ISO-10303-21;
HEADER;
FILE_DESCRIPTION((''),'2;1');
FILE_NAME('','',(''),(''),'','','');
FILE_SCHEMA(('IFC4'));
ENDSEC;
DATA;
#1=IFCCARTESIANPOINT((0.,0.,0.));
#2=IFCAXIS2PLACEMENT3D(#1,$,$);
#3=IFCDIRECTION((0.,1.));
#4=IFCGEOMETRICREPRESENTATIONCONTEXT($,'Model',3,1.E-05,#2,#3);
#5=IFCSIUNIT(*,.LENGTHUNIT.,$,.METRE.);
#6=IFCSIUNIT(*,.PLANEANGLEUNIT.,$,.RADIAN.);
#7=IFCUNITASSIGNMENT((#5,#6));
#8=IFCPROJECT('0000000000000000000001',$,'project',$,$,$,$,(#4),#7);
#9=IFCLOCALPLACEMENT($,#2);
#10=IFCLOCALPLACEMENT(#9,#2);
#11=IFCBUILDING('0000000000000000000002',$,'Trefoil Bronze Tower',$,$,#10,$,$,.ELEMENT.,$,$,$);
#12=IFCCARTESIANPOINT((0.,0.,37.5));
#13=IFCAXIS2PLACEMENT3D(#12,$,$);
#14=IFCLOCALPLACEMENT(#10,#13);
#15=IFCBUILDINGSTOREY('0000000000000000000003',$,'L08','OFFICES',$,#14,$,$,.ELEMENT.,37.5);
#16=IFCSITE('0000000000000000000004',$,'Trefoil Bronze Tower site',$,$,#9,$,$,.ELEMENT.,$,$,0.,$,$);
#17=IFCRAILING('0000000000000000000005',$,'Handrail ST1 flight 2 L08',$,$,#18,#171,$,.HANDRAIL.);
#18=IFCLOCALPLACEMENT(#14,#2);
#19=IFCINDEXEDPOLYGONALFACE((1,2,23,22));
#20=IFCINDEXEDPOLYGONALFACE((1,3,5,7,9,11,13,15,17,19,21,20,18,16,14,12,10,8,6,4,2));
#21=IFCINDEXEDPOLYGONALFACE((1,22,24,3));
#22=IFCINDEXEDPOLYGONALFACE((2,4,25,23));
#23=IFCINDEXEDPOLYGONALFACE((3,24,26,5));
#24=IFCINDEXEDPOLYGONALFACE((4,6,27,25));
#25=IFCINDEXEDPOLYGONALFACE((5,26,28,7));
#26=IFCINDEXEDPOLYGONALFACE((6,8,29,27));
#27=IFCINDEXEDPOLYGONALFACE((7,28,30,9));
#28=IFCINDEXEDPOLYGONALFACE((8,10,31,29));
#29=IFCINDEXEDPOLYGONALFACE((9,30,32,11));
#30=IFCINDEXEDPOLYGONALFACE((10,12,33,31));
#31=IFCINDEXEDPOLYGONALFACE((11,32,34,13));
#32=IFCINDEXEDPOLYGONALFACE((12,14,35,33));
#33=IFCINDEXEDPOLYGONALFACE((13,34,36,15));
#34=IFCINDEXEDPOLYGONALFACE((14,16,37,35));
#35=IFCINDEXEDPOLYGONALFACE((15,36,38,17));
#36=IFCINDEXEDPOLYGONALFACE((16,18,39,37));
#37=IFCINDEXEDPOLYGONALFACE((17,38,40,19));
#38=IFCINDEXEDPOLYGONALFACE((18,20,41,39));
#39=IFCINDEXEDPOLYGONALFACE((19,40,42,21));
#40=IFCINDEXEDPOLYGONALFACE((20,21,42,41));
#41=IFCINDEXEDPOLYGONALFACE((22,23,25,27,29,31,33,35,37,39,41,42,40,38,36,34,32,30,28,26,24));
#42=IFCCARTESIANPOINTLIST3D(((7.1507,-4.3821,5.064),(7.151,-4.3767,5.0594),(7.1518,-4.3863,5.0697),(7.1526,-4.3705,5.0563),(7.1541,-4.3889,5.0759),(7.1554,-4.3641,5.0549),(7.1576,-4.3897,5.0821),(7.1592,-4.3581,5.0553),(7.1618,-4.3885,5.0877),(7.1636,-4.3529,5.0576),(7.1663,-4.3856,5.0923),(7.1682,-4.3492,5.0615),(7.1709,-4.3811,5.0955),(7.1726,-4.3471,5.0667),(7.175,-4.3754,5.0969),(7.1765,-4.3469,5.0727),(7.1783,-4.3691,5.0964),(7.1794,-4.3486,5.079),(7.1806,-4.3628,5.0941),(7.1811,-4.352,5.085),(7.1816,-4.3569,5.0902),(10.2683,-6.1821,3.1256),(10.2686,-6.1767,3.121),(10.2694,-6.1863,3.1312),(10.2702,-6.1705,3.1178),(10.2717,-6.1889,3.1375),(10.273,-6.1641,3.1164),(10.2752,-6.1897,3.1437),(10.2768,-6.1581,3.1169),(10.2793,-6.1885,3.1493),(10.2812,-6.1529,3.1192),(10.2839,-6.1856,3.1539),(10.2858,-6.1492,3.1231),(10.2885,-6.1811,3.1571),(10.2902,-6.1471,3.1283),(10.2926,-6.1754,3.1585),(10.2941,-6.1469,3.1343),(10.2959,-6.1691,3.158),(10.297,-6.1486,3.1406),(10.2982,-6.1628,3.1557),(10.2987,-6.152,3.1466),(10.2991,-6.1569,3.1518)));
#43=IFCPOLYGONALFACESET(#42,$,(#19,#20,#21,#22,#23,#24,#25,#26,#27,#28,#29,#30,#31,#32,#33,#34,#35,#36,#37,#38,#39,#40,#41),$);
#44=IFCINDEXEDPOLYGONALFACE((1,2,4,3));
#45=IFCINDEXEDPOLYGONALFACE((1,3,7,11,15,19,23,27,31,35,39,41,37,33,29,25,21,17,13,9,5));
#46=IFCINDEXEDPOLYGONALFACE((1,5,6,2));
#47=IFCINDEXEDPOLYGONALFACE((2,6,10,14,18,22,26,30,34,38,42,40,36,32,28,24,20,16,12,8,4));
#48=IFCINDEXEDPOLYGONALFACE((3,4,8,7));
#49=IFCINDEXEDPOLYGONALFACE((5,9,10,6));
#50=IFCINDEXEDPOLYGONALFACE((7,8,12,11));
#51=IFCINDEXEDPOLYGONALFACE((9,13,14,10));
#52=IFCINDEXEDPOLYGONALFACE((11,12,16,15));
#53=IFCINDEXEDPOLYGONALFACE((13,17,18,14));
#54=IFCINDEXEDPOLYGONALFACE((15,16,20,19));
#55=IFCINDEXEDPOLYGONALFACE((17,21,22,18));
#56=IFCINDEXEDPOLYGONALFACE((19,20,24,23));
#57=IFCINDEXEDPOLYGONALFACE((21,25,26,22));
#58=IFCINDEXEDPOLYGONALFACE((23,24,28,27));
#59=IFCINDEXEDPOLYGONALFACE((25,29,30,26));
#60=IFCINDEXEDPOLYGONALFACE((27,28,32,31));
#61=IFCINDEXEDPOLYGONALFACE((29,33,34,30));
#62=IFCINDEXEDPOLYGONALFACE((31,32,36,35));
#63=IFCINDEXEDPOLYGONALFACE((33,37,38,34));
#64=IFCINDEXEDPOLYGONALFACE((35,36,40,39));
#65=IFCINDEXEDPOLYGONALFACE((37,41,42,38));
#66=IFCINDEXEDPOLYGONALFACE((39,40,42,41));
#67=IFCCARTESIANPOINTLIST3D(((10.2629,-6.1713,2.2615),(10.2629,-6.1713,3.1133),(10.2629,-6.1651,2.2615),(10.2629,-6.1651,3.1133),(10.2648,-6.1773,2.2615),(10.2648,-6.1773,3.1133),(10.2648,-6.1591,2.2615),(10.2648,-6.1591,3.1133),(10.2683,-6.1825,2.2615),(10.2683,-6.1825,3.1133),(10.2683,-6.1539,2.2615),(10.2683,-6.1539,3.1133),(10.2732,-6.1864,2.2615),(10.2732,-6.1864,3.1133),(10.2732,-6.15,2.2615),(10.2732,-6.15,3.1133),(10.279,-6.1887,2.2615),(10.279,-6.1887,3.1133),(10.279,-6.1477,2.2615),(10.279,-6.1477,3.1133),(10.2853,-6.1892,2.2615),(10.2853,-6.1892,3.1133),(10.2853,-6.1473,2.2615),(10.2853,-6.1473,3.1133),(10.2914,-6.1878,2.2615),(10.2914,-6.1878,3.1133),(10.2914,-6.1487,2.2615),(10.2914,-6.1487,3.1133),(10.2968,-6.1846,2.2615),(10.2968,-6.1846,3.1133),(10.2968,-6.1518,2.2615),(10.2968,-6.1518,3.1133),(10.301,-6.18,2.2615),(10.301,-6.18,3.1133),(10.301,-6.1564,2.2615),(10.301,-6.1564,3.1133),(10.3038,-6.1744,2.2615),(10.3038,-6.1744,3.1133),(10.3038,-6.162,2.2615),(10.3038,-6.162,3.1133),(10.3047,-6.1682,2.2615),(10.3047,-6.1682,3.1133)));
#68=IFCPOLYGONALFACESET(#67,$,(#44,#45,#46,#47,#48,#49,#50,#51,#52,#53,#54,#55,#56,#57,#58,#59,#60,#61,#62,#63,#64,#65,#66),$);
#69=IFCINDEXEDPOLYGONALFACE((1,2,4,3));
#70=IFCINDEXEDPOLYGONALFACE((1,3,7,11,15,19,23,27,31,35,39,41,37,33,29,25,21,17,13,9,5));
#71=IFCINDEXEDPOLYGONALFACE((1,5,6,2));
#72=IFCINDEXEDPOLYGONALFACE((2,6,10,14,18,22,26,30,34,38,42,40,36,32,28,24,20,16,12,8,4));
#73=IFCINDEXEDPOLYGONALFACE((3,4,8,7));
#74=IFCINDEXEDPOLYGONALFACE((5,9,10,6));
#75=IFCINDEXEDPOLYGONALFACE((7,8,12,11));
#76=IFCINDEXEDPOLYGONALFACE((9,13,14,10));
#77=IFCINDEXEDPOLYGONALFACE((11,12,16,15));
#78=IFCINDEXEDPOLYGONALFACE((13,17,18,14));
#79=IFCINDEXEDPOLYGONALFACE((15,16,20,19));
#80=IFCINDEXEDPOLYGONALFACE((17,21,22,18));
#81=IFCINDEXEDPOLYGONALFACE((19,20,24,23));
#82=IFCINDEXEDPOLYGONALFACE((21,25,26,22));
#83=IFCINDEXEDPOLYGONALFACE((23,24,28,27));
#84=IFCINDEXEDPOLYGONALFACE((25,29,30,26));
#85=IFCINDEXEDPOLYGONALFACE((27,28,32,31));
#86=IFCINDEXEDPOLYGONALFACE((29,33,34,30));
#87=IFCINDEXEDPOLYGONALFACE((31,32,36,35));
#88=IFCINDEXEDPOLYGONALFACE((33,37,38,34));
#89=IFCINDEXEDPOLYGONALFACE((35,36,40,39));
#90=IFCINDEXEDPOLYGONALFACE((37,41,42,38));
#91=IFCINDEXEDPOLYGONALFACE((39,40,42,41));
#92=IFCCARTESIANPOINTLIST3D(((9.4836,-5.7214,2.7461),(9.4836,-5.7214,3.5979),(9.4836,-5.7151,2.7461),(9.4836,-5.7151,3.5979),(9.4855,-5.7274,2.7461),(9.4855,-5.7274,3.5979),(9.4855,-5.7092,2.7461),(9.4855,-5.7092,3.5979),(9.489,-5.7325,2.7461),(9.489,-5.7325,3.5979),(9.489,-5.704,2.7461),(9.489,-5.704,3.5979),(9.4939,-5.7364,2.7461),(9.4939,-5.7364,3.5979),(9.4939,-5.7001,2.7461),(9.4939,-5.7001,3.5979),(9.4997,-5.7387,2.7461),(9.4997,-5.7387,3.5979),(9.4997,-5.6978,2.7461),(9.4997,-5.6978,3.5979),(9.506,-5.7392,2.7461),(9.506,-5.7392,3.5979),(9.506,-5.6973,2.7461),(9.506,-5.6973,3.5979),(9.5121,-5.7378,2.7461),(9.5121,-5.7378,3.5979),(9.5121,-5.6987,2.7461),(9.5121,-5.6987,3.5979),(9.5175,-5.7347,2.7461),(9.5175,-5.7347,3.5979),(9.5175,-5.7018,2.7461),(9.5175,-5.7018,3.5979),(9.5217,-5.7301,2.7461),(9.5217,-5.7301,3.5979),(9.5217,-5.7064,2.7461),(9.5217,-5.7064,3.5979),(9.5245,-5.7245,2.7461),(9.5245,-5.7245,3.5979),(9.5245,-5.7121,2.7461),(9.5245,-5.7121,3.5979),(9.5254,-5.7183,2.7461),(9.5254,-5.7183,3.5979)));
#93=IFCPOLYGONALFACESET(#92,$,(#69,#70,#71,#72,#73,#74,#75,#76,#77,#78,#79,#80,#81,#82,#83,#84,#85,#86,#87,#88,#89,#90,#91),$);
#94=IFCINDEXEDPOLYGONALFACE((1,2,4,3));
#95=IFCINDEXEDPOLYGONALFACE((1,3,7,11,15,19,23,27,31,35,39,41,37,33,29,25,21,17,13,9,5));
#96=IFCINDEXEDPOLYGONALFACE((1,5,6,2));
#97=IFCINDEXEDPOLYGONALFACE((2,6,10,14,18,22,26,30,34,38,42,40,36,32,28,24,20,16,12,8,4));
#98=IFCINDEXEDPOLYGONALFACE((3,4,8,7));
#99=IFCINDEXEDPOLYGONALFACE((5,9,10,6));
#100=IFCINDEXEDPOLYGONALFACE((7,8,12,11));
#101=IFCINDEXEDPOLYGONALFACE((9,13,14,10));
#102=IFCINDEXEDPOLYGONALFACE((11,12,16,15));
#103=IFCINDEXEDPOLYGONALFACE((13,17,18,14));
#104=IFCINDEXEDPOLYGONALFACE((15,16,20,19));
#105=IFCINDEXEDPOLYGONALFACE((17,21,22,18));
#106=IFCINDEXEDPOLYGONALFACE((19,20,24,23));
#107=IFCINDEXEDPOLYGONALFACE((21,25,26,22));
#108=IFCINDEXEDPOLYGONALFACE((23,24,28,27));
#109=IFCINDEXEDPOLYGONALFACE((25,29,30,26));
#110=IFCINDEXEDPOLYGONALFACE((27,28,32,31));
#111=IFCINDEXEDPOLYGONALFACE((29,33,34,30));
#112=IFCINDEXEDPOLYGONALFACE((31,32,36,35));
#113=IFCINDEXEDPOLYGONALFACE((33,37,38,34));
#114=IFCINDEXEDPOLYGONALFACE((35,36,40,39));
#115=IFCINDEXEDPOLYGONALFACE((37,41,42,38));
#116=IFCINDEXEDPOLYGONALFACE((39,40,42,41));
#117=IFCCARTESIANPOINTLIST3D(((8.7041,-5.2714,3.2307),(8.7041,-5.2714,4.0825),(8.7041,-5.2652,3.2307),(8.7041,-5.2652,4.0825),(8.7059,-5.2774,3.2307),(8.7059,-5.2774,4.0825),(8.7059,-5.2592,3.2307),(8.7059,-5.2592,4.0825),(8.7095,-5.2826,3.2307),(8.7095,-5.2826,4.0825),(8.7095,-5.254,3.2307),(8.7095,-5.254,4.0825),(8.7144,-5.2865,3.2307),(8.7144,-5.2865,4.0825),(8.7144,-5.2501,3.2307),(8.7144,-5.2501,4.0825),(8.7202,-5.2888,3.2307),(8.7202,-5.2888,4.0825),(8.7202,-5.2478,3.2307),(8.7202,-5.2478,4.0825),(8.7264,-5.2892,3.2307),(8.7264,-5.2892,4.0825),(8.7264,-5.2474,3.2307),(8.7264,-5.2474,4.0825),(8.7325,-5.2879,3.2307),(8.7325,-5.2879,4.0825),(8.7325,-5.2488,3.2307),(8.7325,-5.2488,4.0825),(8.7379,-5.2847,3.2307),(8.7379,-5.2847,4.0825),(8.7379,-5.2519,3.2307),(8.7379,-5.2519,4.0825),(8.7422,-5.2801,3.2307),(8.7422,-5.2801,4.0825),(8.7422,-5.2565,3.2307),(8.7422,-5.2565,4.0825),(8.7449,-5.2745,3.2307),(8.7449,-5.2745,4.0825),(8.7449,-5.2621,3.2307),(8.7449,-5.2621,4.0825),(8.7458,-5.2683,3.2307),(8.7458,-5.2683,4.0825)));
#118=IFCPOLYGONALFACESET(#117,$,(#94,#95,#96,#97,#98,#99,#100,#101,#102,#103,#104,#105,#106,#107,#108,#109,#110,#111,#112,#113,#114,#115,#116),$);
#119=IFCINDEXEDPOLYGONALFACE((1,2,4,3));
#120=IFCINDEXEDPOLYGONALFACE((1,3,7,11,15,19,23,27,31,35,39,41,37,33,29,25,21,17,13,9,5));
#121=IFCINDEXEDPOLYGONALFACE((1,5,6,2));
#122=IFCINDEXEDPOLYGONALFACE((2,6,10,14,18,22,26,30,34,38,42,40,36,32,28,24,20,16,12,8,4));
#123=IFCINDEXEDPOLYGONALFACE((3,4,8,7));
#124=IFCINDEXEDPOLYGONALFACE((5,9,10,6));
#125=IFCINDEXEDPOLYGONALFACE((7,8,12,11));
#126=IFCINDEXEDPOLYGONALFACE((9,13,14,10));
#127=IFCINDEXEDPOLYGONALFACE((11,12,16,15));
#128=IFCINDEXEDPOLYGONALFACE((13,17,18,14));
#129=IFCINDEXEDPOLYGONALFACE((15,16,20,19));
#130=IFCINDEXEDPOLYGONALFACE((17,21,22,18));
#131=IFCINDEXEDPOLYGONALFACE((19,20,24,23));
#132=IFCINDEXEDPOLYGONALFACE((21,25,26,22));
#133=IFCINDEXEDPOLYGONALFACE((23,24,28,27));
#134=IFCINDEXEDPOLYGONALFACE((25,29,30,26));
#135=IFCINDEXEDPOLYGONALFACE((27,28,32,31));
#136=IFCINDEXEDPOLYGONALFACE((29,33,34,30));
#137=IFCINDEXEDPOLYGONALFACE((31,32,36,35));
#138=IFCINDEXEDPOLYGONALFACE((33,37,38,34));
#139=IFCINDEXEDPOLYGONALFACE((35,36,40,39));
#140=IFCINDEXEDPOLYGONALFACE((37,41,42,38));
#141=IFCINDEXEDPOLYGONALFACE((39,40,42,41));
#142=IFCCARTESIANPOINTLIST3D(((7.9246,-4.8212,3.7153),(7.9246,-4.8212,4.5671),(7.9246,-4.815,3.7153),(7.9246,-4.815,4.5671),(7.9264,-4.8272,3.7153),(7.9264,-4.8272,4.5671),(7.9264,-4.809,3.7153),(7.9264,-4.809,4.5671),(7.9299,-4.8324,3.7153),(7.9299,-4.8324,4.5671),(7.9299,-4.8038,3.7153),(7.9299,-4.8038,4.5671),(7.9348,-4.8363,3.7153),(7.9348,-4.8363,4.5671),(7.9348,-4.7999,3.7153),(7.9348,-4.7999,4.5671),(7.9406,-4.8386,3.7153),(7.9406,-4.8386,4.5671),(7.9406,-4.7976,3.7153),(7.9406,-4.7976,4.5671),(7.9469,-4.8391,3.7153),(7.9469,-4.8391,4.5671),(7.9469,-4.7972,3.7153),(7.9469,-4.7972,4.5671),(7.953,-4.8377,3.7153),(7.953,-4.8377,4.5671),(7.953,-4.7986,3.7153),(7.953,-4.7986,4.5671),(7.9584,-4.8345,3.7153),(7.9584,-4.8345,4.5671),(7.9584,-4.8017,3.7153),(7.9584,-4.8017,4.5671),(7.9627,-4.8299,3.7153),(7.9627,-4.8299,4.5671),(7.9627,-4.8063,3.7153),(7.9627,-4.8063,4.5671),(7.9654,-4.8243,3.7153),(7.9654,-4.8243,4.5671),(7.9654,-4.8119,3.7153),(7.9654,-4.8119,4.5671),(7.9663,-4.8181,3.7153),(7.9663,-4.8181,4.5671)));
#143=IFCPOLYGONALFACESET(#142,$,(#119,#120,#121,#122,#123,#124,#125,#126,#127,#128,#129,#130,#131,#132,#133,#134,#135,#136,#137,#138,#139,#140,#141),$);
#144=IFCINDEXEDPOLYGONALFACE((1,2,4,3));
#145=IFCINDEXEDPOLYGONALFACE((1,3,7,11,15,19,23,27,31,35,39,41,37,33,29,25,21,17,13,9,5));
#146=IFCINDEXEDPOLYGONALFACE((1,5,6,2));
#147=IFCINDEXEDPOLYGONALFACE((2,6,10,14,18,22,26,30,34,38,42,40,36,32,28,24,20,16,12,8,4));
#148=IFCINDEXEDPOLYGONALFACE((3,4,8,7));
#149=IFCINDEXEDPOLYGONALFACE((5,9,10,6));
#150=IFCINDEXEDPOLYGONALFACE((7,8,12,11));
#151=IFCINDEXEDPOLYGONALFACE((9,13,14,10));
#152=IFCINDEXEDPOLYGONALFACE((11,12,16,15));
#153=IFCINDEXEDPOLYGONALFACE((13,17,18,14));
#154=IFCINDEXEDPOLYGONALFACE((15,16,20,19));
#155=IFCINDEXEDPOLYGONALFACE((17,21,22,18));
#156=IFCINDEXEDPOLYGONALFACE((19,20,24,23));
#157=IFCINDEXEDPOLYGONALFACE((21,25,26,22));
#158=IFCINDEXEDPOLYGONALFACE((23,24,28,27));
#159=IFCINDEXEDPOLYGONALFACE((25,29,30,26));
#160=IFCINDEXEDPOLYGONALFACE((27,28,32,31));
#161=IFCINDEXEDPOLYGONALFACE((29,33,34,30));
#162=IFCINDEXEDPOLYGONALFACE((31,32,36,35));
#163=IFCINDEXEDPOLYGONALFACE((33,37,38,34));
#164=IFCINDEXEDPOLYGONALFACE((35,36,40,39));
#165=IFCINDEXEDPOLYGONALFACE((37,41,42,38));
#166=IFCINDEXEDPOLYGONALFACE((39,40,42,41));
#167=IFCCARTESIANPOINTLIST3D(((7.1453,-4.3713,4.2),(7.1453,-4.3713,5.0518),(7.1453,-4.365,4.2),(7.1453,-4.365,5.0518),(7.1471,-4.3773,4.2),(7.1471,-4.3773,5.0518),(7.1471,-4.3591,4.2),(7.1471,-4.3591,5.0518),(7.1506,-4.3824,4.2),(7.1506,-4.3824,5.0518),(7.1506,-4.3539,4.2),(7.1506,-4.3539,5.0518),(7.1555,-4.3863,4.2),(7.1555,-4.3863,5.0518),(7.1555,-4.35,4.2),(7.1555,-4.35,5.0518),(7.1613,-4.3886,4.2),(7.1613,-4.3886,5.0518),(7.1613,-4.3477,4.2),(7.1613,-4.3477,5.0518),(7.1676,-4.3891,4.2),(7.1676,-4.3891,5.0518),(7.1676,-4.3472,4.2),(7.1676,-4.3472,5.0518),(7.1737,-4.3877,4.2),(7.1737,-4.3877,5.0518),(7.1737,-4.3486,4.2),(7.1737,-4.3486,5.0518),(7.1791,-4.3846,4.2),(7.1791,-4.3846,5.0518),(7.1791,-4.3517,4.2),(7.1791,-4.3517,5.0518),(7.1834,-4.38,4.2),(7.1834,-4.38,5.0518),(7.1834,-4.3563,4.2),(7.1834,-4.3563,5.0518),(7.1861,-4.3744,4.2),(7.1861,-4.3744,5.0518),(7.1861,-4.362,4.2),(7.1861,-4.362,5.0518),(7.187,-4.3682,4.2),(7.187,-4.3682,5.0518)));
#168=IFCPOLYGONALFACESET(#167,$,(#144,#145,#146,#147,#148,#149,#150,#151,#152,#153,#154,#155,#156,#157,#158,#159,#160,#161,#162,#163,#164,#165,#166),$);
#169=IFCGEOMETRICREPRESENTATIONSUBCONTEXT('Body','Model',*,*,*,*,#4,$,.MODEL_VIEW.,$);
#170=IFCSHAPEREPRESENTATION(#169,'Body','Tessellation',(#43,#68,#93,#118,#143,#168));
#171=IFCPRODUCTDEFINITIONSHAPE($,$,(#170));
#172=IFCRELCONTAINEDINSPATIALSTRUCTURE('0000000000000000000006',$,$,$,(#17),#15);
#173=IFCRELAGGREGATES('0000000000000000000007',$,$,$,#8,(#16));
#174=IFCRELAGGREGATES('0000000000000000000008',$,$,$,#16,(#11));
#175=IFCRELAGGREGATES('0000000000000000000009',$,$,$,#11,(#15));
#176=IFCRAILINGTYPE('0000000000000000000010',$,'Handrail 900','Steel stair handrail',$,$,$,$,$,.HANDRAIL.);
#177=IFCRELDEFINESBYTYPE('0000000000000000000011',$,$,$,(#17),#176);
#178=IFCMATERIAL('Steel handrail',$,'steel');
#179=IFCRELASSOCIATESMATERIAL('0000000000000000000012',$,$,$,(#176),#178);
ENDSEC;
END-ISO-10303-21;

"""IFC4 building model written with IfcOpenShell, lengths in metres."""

from ifc_helpers import new_model, si_unit, direction, frame, origin, origin_2d, place, context, subcontext, project, spatial, circle, extrude, material, type_object, element, save


model = new_model("IFC4")

# Units and contexts
model_context = context("Model", 3, precision=1e-05, world=origin(), true_north=direction((0.0, 1.0)))
body_context = subcontext(model_context, "Body", "Model", "MODEL_VIEW")
ifc_project = project(units=[si_unit("LENGTHUNIT", "METRE"), si_unit("PLANEANGLEUNIT", "RADIAN")], contexts=[model_context])

# Site, building, storey
site_placement = place(None, origin())
site = spatial("IfcSite", under=ifc_project, at=site_placement, Name="Trefoil Bronze Tower site", CompositionType="ELEMENT", RefElevation=0.0)
building_placement = place(site_placement, origin())
building = spatial("IfcBuilding", under=site, at=building_placement, Name="Trefoil Bronze Tower", CompositionType="ELEMENT")
storey_placement = place(building_placement, frame((0.0, 0.0, 37.5)))
storey = spatial("IfcBuildingStorey", under=building, at=storey_placement, Name="L08", Description="OFFICES", CompositionType="ELEMENT", Elevation=37.5)

# Railing
ifc_material_1 = material(Name="Steel handrail", Category="steel")
railing_type = type_object("IfcRailingType", Name="Handrail 900", Description="Steel stair handrail", PredefinedType="HANDRAIL", material=ifc_material_1)
railing_1_placement = place(storey_placement, frame((10.2837, -6.1682, 2.2615)))
element("IfcRailing", 1, at=railing_1_placement, inside=storey, type_object=railing_type, Name="Handrail ST1 flight 2 L08", PredefinedType="HANDRAIL", context=body_context, shape_type="SweptSolid", body=[
    extrude(circle(Radius=0.0239, at=origin_2d()), frame((0.0, 0.0, 0.876), z_axis=(-0.762503, 0.440246, 0.474102), x_axis=(-0.500012, -0.866018, 0.0)), (0.0, 0.0, 1.0), 4.0886),
    extrude(circle(Radius=0.021, at=origin_2d()), origin(), (0.0, 0.0, 1.0), 0.8518),
    extrude(circle(Radius=0.021, at=origin_2d()), frame((-0.7793, 0.45, 0.4846)), (0.0, 0.0, 1.0), 0.8518),
    extrude(circle(Radius=0.021, at=origin_2d()), frame((-1.5588, 0.8999, 0.9692)), (0.0, 0.0, 1.0), 0.8518),
    extrude(circle(Radius=0.021, at=origin_2d()), frame((-2.3384, 1.3501, 1.4539)), (0.0, 0.0, 1.0), 0.8518),
    extrude(circle(Radius=0.021, at=origin_2d()), frame((-3.1177, 1.8, 1.9385)), (0.0, 0.0, 1.0), 0.8518),
])

save(model, "model.ifc")
